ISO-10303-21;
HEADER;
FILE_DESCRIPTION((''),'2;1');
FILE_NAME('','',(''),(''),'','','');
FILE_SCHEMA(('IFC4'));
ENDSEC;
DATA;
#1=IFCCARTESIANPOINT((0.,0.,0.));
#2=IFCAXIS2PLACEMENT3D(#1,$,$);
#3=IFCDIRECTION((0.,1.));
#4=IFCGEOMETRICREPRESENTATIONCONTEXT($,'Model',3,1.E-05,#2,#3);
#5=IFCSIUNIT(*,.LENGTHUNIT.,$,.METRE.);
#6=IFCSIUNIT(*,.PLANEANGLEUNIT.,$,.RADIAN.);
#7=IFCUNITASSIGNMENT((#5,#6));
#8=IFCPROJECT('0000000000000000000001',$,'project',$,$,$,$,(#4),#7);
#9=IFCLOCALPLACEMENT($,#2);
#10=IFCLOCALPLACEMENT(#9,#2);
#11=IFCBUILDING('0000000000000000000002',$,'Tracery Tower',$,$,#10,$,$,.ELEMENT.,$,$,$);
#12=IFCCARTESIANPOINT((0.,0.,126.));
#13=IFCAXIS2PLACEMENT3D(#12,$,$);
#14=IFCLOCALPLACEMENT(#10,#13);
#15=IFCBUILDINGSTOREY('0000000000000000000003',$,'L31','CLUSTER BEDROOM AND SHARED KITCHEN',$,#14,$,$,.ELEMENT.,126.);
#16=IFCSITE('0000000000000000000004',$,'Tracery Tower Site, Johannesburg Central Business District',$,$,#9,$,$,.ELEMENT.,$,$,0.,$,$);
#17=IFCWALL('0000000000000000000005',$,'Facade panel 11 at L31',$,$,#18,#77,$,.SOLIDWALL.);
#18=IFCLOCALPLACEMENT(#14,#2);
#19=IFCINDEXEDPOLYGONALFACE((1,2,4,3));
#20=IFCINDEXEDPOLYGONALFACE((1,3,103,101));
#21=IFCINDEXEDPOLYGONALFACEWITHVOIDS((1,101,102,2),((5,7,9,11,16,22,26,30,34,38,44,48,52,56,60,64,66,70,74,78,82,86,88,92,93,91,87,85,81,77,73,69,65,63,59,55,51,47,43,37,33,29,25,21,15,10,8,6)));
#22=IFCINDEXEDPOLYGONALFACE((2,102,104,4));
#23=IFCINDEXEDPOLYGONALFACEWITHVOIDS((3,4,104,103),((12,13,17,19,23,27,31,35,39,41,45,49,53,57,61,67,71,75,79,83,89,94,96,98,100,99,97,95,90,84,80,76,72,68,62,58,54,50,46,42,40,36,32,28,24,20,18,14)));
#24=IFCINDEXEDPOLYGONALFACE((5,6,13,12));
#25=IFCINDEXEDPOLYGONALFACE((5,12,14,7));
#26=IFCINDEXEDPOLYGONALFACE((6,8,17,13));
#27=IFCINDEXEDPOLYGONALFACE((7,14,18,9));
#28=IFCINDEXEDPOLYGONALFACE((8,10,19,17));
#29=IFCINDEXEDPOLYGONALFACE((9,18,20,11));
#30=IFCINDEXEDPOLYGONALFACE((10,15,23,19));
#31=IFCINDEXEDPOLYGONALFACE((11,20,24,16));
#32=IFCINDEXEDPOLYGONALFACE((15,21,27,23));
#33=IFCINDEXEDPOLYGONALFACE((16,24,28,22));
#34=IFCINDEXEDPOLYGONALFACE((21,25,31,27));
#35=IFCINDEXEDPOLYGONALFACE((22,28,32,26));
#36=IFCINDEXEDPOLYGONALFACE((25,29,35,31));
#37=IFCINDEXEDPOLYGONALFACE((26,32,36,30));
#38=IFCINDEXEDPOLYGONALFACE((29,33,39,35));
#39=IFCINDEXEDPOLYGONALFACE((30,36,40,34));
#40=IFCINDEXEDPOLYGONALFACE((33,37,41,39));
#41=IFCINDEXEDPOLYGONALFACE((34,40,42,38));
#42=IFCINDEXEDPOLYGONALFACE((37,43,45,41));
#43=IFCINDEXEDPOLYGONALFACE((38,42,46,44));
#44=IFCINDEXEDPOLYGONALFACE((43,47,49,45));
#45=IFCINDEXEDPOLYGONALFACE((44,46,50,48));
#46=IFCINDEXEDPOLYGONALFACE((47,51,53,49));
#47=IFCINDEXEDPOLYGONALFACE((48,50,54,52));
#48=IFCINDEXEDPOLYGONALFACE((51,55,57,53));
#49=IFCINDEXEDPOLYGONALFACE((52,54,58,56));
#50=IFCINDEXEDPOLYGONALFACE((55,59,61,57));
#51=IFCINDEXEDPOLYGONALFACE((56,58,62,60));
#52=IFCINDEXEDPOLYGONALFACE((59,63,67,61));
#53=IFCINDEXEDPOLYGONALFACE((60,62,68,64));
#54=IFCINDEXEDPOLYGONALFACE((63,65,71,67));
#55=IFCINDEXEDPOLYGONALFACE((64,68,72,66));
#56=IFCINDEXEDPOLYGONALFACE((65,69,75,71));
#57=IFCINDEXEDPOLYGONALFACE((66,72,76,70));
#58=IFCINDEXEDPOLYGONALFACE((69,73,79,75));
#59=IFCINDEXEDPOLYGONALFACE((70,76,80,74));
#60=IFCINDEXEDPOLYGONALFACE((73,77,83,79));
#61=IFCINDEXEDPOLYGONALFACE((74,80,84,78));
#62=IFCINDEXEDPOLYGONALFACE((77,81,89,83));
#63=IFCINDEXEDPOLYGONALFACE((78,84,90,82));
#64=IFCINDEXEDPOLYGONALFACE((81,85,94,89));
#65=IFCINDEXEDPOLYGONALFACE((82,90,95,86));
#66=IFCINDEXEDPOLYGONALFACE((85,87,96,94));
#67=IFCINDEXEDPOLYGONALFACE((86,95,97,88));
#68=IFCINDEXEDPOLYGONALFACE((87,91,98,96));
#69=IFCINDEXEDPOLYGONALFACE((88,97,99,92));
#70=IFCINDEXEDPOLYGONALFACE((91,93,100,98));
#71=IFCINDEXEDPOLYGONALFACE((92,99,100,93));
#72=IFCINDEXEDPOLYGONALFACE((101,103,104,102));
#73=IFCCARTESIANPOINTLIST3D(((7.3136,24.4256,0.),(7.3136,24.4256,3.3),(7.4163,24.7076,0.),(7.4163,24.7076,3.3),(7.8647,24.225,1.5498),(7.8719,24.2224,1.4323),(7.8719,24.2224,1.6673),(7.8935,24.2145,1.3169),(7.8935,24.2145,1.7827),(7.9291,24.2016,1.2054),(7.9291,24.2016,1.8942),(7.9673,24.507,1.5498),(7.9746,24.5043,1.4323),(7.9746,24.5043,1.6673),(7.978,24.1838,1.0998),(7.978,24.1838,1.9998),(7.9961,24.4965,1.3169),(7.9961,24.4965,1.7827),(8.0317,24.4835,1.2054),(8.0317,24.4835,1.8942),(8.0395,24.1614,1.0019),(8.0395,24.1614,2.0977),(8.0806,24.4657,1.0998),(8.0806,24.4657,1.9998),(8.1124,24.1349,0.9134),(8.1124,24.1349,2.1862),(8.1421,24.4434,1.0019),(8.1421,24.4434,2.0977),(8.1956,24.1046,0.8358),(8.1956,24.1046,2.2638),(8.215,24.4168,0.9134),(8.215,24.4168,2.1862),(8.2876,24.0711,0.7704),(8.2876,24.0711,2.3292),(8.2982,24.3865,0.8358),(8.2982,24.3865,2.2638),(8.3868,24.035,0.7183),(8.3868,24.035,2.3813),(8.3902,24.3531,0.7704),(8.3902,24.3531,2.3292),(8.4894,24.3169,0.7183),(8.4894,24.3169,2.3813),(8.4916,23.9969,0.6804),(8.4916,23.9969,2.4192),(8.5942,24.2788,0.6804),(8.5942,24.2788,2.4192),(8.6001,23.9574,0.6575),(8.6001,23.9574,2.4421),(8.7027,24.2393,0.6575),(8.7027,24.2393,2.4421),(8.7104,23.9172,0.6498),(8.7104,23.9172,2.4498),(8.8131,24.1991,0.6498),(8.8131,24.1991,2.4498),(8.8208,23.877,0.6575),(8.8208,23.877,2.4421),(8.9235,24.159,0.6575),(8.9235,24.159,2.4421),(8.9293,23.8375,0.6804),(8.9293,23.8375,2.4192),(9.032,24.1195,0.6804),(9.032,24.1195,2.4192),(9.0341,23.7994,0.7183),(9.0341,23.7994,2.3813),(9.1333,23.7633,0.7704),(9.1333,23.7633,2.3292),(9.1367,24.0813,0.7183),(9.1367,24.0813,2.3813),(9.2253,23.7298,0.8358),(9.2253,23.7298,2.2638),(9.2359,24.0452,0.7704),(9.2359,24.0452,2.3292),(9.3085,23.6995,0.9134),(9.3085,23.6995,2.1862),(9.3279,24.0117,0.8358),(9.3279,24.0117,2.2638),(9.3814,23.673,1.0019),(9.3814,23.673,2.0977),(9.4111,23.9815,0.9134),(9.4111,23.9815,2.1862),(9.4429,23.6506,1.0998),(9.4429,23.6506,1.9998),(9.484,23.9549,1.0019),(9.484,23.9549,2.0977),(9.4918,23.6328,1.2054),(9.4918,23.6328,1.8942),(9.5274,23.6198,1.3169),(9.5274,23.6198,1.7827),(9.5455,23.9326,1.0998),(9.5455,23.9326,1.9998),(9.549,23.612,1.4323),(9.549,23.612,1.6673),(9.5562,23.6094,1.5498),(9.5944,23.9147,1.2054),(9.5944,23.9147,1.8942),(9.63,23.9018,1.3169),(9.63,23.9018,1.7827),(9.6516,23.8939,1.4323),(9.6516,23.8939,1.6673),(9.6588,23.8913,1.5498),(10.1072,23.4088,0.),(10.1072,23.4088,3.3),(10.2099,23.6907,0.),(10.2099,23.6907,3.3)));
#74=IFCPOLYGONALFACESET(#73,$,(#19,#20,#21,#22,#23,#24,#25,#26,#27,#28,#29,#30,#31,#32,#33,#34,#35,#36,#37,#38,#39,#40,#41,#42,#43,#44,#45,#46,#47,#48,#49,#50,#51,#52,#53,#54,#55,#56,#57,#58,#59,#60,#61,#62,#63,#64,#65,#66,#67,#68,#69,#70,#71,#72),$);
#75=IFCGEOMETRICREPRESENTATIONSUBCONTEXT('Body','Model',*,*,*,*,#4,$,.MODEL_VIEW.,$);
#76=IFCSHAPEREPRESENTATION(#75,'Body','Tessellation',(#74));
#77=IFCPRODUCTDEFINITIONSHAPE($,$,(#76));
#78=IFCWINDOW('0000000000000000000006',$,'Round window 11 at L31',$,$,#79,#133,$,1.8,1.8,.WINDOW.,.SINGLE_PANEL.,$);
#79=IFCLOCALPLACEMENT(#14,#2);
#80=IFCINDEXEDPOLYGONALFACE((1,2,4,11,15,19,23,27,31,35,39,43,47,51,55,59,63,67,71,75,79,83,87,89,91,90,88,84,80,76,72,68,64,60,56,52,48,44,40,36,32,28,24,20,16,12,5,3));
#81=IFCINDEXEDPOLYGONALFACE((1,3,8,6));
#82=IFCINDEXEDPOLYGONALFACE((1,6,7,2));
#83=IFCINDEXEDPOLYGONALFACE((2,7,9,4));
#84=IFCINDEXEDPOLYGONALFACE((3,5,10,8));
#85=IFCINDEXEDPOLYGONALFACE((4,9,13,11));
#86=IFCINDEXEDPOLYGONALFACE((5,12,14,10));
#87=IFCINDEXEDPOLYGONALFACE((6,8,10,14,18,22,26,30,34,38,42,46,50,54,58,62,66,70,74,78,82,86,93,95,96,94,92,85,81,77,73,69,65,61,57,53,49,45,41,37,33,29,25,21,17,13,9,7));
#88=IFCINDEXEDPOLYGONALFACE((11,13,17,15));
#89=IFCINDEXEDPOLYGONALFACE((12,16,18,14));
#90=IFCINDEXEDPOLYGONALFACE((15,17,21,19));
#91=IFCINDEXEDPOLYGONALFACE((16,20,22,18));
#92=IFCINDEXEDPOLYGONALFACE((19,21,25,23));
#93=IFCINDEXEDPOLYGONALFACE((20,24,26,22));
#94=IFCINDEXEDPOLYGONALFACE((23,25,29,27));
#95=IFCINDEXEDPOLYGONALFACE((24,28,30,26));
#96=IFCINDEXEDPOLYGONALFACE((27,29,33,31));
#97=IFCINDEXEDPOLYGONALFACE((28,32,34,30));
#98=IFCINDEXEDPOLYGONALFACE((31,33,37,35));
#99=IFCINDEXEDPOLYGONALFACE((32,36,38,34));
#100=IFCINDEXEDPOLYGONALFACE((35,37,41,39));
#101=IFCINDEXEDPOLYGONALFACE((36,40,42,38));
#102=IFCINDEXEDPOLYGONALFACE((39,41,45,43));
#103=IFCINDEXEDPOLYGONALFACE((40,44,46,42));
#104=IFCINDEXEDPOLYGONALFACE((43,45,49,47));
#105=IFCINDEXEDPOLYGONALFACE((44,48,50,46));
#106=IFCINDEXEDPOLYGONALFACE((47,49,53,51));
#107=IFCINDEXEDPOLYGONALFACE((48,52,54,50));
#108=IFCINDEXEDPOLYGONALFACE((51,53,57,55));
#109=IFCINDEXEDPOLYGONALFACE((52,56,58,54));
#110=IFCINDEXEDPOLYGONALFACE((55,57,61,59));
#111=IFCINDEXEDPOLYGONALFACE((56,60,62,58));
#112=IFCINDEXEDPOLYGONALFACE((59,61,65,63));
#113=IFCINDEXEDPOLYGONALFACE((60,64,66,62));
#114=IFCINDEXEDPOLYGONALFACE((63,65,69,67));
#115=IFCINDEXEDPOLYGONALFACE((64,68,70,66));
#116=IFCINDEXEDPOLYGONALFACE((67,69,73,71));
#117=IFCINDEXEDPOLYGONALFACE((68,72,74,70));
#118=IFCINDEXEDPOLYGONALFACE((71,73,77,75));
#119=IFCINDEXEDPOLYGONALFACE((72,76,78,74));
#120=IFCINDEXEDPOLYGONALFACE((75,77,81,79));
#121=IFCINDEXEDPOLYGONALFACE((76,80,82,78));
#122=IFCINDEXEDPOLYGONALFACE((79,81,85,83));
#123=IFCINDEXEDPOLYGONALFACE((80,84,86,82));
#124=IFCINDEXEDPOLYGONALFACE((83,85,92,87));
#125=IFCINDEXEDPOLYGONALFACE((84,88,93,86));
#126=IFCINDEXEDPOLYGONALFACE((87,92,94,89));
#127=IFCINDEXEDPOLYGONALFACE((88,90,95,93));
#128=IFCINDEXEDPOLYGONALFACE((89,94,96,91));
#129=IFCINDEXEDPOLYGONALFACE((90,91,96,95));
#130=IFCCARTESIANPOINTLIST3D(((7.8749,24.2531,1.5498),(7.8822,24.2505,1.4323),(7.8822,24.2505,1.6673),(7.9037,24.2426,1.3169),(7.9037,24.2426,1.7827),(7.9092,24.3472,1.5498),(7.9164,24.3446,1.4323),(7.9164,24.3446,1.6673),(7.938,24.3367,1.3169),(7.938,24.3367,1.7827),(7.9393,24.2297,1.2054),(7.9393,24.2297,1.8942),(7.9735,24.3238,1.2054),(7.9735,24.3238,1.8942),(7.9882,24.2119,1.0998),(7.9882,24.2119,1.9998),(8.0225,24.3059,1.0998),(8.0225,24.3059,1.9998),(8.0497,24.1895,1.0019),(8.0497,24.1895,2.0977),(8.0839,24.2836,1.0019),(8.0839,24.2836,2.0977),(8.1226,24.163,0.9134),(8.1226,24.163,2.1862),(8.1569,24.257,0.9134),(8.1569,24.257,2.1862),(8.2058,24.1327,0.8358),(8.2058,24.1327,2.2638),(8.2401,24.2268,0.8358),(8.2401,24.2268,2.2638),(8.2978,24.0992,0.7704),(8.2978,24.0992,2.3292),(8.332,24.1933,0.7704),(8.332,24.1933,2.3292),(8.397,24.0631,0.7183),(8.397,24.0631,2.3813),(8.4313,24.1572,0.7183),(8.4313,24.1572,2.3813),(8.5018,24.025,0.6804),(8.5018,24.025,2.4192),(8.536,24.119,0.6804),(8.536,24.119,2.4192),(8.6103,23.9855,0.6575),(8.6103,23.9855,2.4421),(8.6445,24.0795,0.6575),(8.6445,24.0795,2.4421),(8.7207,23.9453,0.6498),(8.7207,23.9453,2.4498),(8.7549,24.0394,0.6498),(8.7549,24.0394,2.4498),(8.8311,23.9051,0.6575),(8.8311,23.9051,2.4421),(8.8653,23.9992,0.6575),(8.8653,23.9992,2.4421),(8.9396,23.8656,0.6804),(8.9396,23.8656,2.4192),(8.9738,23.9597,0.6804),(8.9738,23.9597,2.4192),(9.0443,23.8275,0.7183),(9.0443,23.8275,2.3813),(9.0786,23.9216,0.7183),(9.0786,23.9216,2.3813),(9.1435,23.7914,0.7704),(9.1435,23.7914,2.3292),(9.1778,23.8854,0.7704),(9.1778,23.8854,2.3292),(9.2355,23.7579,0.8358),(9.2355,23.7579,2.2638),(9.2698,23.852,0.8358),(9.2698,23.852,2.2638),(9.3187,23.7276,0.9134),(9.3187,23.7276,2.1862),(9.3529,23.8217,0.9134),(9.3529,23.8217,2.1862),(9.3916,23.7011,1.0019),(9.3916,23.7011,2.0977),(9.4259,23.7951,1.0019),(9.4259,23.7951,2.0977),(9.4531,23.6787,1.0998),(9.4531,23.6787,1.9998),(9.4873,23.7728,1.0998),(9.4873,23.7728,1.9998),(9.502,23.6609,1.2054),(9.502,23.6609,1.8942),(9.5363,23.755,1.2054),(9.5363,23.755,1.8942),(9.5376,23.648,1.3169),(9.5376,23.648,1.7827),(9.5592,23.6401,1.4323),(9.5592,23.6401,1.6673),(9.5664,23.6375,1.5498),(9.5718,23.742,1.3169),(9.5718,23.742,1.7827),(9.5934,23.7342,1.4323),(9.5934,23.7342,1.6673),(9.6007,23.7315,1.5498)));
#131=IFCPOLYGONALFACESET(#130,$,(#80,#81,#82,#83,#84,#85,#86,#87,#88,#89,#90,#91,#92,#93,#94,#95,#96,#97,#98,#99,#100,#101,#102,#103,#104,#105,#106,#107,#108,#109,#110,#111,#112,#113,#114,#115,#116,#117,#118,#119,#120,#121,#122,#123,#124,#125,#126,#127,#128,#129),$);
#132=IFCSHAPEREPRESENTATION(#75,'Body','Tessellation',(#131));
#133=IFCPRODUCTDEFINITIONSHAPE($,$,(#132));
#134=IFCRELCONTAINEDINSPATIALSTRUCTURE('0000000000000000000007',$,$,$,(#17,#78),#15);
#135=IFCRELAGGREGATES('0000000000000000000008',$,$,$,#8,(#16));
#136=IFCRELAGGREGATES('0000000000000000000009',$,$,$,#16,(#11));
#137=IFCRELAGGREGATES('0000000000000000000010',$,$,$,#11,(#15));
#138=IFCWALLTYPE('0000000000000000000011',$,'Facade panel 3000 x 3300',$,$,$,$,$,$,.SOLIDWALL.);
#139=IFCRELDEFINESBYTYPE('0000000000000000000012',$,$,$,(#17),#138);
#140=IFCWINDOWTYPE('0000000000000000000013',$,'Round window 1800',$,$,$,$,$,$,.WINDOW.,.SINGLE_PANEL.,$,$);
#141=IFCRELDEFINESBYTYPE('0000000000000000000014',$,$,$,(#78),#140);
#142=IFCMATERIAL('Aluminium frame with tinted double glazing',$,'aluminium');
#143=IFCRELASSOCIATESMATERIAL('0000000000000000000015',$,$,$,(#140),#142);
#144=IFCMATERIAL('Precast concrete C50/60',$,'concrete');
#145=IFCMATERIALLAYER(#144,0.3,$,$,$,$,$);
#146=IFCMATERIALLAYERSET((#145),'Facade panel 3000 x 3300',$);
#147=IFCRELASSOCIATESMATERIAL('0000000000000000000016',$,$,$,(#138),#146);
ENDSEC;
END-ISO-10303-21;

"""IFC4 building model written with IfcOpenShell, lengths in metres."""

from ifc_helpers import new_model, si_unit, direction, frame, frame_2d, origin, origin_2d, place, context, subcontext, project, spatial, rectangle, circle, extrude, material, layer, layer_set, type_object, element, fill, save


model = new_model("IFC4")

# Units and contexts
model_context = context("Model", 3, precision=1e-05, world=origin(), true_north=direction((0.0, 1.0)))
body_context = subcontext(model_context, "Body", "Model", "MODEL_VIEW")
ifc_project = project(units=[si_unit("LENGTHUNIT", "METRE"), si_unit("PLANEANGLEUNIT", "RADIAN")], contexts=[model_context])

# Site, building, storey
site_placement = place(None, origin())
site = spatial("IfcSite", under=ifc_project, at=site_placement, Name="Tracery Tower Site, Johannesburg Central Business District", CompositionType="ELEMENT", RefElevation=0.0)
building_placement = place(site_placement, origin())
building = spatial("IfcBuilding", under=site, at=building_placement, Name="Tracery Tower", CompositionType="ELEMENT")
storey_placement = place(building_placement, frame((0.0, 0.0, 126.0)))
storey = spatial("IfcBuildingStorey", under=building, at=storey_placement, Name="L31", Description="CLUSTER BEDROOM AND SHARED KITCHEN", CompositionType="ELEMENT", Elevation=126.0)

# Wall, opening, window
ifc_material_1 = material(Name="Aluminium frame with tinted double glazing", Category="aluminium")
window_type = type_object("IfcWindowType", Name="Round window 1800", PartitioningType="SINGLE_PANEL", PredefinedType="WINDOW", material=ifc_material_1)
ifc_material_2 = material(Name="Precast concrete C50/60", Category="concrete")
ifc_layer_1 = layer(ifc_material_2, 0.3)
ifc_layer_set_1 = layer_set([ifc_layer_1], Name="Facade panel 3000 x 3300")
wall_type_1 = type_object("IfcWallType", Name="Facade panel 3000 x 3300", PredefinedType="SOLIDWALL", material=ifc_layer_set_1)
wall_1_placement = place(storey_placement, frame((10.1584, 23.5498, 0.0), z_axis=(0.0, 0.0, 1.0), x_axis=(-0.93969, 0.342027, 0.0)))
wall_1 = element("IfcWall", 1, at=wall_1_placement, inside=storey, type_object=wall_type_1, Name="Facade panel 11 at L31", PredefinedType="SOLIDWALL", context=body_context, shape_type="SweptSolid", body=[
    extrude(rectangle(XDim=2.9729, YDim=0.3, at=frame_2d((1.4863, 0.0))), origin(), (0.0, 0.0, 1.0), 3.3),
])
opening_1_placement = place(wall_1_placement, frame((1.4863, 0.0, 1.5498)))
opening_1 = element("IfcOpeningElement", 2, at=opening_1_placement, cuts=wall_1, PredefinedType="OPENING", context=body_context, shape_type="SweptSolid", body=[
    extrude(circle(Radius=0.9, at=origin_2d()), frame((0.0, 0.1599, 0.0), z_axis=(0.0, -1.0, 0.0), x_axis=(1.0, 0.0, 0.0)), (0.0, 0.0, 1.0), 0.3201),
])
window_1_placement = place(opening_1_placement, origin())
window_1 = element("IfcWindow", 3, at=window_1_placement, inside=storey, type_object=window_type, Name="Round window 11 at L31", OverallHeight=1.8, OverallWidth=1.8, PartitioningType="SINGLE_PANEL", PredefinedType="WINDOW", context=body_context, shape_type="SweptSolid", body=[
    extrude(circle(Radius=0.9, at=origin_2d()), frame((0.0, 0.1201, 0.0), z_axis=(0.0, -1.0, 0.0), x_axis=(1.0, 0.0, 0.0)), (0.0, 0.0, 1.0), 0.1001),
])
fill(opening_1, window_1)

save(model, "model.ifc")
